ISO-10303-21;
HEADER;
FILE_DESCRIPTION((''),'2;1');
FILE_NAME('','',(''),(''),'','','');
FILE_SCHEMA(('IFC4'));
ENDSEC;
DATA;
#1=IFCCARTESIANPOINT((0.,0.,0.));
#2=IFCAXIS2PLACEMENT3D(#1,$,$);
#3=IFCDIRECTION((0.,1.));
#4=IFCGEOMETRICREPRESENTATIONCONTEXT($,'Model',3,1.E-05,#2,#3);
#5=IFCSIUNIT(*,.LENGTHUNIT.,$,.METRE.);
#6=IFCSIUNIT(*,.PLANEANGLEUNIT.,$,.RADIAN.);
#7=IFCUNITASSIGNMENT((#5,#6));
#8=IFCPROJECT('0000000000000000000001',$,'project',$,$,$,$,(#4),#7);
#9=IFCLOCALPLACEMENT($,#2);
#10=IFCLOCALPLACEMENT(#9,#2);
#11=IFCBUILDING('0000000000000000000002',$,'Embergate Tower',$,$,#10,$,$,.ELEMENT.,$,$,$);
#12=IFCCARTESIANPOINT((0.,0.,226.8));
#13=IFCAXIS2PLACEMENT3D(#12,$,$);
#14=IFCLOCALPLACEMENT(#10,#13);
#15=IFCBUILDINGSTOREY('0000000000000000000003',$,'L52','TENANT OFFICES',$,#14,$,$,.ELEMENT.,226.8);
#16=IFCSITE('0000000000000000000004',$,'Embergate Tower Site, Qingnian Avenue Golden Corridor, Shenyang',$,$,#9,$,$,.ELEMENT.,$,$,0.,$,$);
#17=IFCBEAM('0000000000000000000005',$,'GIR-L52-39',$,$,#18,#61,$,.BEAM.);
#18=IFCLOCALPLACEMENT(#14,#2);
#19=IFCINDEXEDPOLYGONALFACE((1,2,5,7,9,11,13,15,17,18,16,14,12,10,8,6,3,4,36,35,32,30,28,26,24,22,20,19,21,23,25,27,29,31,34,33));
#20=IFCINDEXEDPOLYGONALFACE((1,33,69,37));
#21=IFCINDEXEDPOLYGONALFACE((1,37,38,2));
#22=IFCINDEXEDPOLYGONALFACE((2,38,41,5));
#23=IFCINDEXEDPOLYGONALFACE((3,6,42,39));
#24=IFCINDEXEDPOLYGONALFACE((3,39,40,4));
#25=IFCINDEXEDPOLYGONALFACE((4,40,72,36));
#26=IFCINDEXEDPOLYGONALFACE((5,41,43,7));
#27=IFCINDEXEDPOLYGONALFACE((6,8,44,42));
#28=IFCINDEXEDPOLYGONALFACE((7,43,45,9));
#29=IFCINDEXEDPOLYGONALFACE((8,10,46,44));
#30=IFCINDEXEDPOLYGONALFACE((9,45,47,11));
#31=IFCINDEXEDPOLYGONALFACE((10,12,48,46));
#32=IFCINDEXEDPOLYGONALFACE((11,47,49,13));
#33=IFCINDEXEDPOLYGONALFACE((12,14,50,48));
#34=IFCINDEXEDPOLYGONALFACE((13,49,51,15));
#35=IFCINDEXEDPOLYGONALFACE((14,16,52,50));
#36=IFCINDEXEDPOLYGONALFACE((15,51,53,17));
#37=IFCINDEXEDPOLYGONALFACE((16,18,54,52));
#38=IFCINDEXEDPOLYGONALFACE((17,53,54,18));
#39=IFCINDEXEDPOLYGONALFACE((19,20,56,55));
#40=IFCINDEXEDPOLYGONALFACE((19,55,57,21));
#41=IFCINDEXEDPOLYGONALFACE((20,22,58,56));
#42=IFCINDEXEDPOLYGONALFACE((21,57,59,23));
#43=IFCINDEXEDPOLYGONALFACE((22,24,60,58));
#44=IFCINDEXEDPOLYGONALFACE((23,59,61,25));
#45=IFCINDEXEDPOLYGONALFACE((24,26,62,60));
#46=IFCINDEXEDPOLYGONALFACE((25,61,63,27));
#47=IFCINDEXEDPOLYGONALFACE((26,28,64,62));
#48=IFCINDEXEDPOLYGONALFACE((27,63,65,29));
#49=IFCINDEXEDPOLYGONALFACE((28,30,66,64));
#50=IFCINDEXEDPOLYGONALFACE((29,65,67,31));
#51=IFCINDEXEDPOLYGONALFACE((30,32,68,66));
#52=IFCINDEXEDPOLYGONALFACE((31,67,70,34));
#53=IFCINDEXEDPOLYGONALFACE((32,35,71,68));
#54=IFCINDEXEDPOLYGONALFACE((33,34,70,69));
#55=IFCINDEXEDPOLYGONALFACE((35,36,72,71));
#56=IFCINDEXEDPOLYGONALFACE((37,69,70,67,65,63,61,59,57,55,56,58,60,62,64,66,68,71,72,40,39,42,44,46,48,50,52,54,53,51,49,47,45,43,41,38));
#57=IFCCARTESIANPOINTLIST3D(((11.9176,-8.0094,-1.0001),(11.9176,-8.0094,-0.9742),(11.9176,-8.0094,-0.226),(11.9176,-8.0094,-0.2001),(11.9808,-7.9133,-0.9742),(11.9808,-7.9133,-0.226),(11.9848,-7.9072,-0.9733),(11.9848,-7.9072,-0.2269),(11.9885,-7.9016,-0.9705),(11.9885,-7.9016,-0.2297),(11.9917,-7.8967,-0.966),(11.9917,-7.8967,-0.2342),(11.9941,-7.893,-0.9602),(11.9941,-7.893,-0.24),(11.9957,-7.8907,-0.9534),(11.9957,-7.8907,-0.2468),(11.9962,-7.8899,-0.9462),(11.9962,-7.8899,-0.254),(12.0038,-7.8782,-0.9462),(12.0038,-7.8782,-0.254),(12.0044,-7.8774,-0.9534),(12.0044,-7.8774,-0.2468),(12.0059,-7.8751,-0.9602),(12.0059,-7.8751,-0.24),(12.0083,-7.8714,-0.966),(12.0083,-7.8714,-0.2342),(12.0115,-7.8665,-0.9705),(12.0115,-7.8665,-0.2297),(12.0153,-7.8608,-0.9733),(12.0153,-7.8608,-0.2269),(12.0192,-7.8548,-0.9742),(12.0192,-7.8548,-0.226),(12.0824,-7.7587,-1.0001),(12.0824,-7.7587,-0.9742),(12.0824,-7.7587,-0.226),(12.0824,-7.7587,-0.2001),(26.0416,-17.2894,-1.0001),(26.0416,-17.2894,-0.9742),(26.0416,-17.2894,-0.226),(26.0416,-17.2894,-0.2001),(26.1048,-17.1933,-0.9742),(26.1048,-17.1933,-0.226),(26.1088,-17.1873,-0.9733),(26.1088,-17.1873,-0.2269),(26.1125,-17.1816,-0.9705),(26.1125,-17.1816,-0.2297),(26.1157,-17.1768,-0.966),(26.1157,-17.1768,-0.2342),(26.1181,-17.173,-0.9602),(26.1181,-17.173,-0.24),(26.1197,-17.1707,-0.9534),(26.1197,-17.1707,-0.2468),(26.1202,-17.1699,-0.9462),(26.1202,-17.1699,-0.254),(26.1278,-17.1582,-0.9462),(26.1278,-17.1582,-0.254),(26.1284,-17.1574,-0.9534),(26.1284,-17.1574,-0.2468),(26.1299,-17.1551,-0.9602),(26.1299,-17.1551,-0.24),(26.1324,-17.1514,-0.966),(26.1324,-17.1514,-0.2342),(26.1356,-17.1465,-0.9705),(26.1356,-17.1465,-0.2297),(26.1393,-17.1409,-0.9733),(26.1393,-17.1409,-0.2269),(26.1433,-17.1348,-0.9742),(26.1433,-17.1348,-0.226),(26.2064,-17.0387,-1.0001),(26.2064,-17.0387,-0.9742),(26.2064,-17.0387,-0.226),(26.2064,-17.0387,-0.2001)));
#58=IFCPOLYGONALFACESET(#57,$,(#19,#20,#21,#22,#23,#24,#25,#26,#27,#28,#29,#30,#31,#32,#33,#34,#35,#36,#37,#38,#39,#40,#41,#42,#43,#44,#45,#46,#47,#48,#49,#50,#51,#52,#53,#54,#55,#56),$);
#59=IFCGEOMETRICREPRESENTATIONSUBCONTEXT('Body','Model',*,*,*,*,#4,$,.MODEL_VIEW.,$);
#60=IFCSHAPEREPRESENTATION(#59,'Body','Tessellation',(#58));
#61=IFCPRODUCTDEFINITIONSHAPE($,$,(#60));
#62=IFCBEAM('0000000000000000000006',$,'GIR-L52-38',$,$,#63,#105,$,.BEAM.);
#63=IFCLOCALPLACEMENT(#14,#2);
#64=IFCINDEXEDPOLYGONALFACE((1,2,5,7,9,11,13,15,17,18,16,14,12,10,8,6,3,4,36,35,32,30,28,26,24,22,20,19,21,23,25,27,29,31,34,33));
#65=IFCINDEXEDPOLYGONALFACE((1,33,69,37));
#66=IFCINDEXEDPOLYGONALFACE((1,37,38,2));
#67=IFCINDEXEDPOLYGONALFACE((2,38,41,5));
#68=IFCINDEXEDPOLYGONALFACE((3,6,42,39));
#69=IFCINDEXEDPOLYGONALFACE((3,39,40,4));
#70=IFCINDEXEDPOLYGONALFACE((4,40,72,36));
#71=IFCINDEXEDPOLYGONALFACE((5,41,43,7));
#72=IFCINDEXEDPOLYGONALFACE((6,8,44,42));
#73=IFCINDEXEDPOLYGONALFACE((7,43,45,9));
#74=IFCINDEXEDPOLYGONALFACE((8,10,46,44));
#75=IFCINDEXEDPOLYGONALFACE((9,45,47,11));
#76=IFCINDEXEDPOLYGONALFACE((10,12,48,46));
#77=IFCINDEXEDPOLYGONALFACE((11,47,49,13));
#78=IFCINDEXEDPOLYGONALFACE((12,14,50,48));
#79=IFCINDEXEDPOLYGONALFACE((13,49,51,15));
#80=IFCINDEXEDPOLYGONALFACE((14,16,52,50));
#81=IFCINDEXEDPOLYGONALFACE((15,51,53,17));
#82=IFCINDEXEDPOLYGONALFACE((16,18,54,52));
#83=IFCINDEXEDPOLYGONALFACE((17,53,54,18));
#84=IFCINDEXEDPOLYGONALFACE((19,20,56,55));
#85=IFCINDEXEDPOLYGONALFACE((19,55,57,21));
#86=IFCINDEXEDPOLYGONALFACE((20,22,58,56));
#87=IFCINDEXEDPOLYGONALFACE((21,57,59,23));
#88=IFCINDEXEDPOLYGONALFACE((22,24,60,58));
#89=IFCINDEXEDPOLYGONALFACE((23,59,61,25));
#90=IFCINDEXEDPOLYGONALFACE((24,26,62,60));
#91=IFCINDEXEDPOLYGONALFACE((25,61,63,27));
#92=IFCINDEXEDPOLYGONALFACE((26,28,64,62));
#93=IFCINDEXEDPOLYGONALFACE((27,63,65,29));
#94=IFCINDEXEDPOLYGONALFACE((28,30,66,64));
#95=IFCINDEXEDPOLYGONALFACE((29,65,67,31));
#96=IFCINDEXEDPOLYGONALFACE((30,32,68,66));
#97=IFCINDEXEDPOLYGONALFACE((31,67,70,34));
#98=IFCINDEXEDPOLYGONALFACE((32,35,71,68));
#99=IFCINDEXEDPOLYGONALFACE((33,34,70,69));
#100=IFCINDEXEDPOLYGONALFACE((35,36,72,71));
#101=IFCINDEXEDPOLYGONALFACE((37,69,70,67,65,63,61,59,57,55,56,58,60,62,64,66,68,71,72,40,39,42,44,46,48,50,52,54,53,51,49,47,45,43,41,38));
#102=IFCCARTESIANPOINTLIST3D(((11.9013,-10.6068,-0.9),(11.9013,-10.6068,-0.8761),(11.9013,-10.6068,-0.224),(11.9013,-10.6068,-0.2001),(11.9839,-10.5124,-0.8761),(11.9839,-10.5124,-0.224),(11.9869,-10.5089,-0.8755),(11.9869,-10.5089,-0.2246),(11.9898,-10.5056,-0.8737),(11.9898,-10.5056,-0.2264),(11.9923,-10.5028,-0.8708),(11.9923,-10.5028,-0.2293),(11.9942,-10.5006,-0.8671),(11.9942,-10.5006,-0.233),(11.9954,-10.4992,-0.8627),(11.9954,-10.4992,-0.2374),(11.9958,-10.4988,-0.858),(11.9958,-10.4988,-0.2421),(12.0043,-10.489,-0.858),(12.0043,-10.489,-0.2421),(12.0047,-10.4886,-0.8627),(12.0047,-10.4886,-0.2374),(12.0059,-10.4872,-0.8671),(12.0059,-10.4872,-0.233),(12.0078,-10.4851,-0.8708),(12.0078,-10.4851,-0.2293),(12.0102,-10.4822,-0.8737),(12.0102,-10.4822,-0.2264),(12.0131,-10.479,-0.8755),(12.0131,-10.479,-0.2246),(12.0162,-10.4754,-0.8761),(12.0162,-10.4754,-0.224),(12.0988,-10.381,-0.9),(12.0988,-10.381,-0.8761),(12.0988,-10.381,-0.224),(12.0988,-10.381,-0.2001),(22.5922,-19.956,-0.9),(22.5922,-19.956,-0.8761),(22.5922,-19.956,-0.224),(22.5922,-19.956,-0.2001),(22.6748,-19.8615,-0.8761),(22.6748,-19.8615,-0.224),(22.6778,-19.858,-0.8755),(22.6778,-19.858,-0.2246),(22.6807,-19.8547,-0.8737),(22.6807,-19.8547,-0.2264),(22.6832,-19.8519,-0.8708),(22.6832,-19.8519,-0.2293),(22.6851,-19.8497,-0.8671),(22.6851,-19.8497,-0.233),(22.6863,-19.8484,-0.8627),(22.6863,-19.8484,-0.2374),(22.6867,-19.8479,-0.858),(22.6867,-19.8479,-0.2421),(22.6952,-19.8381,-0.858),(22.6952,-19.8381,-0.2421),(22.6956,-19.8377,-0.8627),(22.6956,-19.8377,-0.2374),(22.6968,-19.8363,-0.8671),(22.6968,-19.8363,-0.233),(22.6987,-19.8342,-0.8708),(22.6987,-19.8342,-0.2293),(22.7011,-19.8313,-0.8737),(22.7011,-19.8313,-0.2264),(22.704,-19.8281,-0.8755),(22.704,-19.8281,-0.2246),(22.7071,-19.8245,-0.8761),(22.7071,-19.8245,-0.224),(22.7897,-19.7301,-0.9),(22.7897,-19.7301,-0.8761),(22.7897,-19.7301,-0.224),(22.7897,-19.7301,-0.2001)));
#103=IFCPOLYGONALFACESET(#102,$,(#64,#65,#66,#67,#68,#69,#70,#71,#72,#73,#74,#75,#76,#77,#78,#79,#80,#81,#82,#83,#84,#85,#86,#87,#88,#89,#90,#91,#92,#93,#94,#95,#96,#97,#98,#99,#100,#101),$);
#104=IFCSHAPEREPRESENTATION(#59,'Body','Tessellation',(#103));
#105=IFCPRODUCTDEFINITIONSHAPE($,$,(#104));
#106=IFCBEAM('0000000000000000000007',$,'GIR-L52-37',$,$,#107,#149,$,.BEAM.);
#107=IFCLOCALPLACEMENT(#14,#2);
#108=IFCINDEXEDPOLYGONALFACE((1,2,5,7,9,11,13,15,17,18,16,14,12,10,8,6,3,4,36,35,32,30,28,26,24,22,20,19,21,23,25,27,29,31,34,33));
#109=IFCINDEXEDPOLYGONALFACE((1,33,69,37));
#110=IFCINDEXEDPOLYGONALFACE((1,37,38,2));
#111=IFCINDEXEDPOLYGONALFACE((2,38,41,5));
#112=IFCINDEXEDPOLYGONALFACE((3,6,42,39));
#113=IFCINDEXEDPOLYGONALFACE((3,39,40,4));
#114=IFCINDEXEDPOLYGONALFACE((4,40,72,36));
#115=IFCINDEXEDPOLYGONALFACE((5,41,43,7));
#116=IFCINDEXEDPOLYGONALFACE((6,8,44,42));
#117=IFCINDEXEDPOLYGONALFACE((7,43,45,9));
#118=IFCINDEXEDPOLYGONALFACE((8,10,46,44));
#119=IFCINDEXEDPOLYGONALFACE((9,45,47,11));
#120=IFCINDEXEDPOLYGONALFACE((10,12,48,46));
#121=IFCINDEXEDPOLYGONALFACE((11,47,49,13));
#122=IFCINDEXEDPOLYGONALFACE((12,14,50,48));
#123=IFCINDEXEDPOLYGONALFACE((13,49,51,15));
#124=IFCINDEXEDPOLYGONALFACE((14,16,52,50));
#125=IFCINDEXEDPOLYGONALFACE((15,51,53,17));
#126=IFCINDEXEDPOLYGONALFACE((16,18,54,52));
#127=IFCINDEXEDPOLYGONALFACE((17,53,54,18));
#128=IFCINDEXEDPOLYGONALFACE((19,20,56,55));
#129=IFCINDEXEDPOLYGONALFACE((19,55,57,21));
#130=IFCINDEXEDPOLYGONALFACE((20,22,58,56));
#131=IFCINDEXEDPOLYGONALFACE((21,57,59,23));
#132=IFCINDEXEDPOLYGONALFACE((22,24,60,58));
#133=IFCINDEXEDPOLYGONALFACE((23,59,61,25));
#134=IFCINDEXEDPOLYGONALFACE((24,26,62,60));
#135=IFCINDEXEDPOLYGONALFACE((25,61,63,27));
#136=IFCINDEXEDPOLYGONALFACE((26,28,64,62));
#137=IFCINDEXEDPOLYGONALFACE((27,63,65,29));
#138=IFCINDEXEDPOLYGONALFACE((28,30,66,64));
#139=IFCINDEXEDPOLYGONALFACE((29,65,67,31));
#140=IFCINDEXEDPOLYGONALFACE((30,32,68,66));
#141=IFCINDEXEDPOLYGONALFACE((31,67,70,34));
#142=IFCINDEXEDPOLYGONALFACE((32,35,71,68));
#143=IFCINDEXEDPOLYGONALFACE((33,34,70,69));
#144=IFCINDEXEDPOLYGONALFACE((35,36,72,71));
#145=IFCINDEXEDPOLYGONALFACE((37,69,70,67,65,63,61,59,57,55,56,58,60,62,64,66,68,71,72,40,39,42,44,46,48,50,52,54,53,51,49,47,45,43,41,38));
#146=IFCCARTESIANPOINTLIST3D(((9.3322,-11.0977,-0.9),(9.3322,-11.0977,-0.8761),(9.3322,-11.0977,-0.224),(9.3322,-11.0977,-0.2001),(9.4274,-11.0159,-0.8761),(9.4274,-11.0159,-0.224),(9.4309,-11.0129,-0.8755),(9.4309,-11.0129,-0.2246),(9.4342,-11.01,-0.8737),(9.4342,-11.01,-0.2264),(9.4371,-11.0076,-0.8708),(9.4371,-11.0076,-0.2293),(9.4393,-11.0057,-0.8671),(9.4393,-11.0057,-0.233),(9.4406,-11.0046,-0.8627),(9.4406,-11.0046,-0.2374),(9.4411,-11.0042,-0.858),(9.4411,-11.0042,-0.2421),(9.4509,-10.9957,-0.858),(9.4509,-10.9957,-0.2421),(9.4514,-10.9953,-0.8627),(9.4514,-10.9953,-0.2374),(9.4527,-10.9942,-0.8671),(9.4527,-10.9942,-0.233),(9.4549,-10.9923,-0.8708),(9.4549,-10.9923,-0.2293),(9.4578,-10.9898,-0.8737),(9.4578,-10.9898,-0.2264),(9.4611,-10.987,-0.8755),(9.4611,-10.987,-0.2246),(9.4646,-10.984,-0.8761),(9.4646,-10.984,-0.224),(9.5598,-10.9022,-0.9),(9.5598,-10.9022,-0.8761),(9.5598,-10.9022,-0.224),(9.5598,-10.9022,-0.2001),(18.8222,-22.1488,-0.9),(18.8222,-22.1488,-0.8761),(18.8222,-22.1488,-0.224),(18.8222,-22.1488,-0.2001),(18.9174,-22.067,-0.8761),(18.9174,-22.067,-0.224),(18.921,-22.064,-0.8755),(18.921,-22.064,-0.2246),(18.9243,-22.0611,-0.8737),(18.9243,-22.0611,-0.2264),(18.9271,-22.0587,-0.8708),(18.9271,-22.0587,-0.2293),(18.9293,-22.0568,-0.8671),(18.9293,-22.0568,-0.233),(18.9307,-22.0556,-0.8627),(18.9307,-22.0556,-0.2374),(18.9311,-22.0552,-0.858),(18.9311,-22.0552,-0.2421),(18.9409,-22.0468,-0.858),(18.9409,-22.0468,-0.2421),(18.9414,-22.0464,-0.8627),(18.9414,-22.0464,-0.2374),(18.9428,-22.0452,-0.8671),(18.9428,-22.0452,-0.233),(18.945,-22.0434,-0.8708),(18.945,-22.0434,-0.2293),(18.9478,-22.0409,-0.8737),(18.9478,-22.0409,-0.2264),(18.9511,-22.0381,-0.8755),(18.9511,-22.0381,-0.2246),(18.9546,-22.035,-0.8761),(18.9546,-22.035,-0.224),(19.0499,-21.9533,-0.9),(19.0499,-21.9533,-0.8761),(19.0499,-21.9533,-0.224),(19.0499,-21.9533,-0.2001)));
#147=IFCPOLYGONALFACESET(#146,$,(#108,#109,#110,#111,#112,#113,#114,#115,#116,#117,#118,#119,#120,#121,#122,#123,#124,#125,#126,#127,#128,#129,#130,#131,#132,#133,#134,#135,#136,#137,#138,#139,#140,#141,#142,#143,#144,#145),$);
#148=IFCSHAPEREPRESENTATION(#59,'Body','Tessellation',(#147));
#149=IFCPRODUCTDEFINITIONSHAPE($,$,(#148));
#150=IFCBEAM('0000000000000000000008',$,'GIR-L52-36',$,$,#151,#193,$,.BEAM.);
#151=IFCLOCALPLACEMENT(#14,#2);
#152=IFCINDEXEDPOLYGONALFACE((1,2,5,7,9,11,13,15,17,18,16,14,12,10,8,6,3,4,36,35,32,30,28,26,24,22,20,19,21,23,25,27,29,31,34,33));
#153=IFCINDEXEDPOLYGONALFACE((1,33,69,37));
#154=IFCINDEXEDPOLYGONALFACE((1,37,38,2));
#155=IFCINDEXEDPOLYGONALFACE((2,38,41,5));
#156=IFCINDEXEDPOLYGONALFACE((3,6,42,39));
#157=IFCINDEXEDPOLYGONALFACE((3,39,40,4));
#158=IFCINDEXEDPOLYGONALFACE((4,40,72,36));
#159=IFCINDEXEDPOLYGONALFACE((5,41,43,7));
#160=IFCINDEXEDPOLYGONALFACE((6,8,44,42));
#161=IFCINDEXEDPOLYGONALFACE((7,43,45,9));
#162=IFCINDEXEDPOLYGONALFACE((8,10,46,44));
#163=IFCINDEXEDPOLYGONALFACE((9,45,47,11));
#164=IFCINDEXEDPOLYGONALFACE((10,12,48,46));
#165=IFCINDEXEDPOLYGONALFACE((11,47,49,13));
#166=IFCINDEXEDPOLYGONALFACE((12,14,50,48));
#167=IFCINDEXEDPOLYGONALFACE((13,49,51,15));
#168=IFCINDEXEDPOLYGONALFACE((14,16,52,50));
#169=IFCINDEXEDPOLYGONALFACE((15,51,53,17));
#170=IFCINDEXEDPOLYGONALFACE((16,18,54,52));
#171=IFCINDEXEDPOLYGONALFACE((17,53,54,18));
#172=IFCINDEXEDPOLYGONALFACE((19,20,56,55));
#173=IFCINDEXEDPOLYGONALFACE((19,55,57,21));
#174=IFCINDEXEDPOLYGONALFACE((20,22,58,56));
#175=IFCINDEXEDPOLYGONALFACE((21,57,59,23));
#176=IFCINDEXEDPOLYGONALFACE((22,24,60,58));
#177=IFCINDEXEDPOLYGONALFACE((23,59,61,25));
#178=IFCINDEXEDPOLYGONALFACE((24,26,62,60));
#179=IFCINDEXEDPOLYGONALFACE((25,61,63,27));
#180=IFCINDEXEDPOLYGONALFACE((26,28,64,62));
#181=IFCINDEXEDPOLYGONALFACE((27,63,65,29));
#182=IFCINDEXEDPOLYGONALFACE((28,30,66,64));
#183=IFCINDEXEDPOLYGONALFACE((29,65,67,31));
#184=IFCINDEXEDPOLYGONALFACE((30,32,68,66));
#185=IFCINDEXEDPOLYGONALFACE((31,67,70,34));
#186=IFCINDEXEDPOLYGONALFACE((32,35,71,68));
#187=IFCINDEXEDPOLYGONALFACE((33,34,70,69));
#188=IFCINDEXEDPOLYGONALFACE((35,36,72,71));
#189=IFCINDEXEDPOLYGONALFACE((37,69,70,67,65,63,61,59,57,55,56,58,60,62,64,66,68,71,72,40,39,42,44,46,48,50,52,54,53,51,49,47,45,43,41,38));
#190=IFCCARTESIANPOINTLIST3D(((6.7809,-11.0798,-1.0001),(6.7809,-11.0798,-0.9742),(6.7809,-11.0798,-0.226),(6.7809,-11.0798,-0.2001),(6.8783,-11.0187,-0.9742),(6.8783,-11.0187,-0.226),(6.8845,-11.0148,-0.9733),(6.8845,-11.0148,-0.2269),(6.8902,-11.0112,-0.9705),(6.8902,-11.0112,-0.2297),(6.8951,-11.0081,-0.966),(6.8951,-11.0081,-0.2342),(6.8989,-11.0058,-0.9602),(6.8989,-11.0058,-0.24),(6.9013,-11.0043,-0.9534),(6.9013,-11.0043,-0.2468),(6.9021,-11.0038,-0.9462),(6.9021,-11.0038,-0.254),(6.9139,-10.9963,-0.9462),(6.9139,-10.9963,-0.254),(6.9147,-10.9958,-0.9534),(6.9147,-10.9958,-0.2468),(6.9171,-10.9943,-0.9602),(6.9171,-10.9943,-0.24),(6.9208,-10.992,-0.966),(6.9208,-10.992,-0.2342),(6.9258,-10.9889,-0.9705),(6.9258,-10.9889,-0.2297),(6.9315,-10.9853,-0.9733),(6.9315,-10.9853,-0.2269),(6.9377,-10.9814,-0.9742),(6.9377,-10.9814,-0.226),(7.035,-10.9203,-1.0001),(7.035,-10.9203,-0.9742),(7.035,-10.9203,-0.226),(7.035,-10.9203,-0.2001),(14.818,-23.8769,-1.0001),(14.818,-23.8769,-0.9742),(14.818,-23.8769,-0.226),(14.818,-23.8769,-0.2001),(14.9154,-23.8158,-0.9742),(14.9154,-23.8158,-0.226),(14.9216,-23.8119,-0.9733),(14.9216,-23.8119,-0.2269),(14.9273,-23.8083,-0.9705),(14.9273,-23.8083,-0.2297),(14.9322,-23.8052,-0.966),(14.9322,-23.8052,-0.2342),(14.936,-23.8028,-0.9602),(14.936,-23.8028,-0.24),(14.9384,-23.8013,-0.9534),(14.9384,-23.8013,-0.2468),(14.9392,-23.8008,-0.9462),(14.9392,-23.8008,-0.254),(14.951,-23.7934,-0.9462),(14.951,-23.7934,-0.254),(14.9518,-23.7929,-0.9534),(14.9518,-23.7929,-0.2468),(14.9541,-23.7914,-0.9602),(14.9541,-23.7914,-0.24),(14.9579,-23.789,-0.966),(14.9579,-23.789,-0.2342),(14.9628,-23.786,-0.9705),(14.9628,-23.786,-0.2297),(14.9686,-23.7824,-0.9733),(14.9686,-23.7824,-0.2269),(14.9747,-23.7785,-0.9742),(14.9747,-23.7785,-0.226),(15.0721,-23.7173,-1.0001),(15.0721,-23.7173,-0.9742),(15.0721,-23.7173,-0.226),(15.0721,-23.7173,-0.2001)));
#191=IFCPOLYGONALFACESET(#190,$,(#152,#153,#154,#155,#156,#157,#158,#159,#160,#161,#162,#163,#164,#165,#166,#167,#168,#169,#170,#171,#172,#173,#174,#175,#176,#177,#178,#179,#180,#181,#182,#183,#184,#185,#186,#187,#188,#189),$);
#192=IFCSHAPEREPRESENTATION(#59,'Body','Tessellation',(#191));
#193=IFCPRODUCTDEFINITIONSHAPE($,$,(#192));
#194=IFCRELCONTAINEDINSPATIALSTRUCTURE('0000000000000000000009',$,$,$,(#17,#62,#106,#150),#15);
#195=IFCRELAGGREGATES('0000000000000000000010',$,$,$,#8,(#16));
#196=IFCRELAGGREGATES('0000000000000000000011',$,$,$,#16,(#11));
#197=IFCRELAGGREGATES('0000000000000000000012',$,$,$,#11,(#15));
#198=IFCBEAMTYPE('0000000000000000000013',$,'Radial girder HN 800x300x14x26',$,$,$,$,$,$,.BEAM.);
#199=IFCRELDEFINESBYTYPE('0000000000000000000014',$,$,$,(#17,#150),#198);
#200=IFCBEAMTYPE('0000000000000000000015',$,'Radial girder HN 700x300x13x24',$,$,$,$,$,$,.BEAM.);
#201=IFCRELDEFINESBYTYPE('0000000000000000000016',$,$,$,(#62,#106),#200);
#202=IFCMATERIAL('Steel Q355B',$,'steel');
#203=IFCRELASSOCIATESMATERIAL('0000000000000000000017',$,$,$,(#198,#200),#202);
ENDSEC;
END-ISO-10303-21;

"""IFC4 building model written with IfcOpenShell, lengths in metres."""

from ifc_helpers import new_model, si_unit, direction, frame, origin, origin_2d, place, context, subcontext, project, spatial, i_section, extrude, source, transform, mapped, material, material_profile, profile_set, type_object, element, save


model = new_model("IFC4")

# Units and contexts
model_context = context("Model", 3, precision=1e-05, world=origin(), true_north=direction((0.0, 1.0)))
body_context = subcontext(model_context, "Body", "Model", "MODEL_VIEW")
ifc_project = project(units=[si_unit("LENGTHUNIT", "METRE"), si_unit("PLANEANGLEUNIT", "RADIAN")], contexts=[model_context])

# Site, building, storey
site_placement = place(None, origin())
site = spatial("IfcSite", under=ifc_project, at=site_placement, Name="Embergate Tower Site, Qingnian Avenue Golden Corridor, Shenyang", CompositionType="ELEMENT", RefElevation=0.0)
building_placement = place(site_placement, origin())
building = spatial("IfcBuilding", under=site, at=building_placement, Name="Embergate Tower", CompositionType="ELEMENT")
storey_placement = place(building_placement, frame((0.0, 0.0, 226.8)))
storey = spatial("IfcBuildingStorey", under=building, at=storey_placement, Name="L52", Description="TENANT OFFICES", CompositionType="ELEMENT", Elevation=226.8)

# Beams
ifc_material_1 = material(Name="Steel Q355B", Category="steel")
ifc_material_profile_1 = material_profile(ifc_material_1, i_section(OverallWidth=0.3, OverallDepth=0.8, WebThickness=0.0139, FlangeThickness=0.0259, FilletRadius=0.0281, at=origin_2d()), Name="HN 800x300x14x26")
ifc_profile_set_1 = profile_set([ifc_material_profile_1], Name="Steel Q355 grade B")
beam_type_1 = type_object("IfcBeamType", Name="Radial girder HN 800x300x14x26", PredefinedType="BEAM", material=ifc_profile_set_1)
shared_shape_1 = source(origin(), body_context, "Body", "SweptSolid", [
    extrude(i_section(OverallWidth=0.3, OverallDepth=0.8, WebThickness=0.0139, FlangeThickness=0.0259, FilletRadius=0.0281, at=origin_2d()), origin(), (0.0, 0.0, 1.0), 16.8999),
])
beam_1_placement = place(storey_placement, frame((26.124, -17.1641, -0.6001), z_axis=(-0.835745, 0.549117, 0.0), x_axis=(-0.549117, -0.835745, 0.0)))
element("IfcBeam", 1, at=beam_1_placement, inside=storey, type_object=beam_type_1, Name="GIR-L52-39", PredefinedType="BEAM", context=body_context, shape_type="MappedRepresentation", body=[
    mapped(shared_shape_1, transform((0.0, 0.0, 0.0))),
])
ifc_material_profile_2 = material_profile(ifc_material_1, i_section(OverallWidth=0.3, OverallDepth=0.7, WebThickness=0.0129, FlangeThickness=0.0239, FilletRadius=0.0181, at=origin_2d()), Name="HN 700x300x13x24")
ifc_profile_set_2 = profile_set([ifc_material_profile_2], Name="Steel Q355 grade B")
beam_type_2 = type_object("IfcBeamType", Name="Radial girder HN 700x300x13x24", PredefinedType="BEAM", material=ifc_profile_set_2)
shared_shape_2 = source(origin(), body_context, "Body", "SweptSolid", [
    extrude(i_section(OverallWidth=0.3, OverallDepth=0.7, WebThickness=0.0129, FlangeThickness=0.0239, FilletRadius=0.0181, at=origin_2d()), origin(), (0.0, 0.0, 1.0), 14.2021),
])
beam_2_placement = place(storey_placement, frame((22.6909, -19.843, -0.55), z_axis=(-0.752766, 0.658288, 0.0), x_axis=(-0.658288, -0.752766, 0.0)))
element("IfcBeam", 2, at=beam_2_placement, inside=storey, type_object=beam_type_2, Name="GIR-L52-38", PredefinedType="BEAM", context=body_context, shape_type="MappedRepresentation", body=[
    mapped(shared_shape_2, transform((0.0, 0.0, 0.0))),
])
shared_shape_3 = source(origin(), body_context, "Body", "SweptSolid", [
    extrude(i_section(OverallWidth=0.3, OverallDepth=0.7, WebThickness=0.0129, FlangeThickness=0.0239, FilletRadius=0.0181, at=origin_2d()), origin(), (0.0, 0.0, 1.0), 14.5667),
])
beam_3_placement = place(storey_placement, frame((18.936, -22.051, -0.55), z_axis=(-0.651491, 0.758656, 0.0), x_axis=(-0.758656, -0.651491, 0.0)))
element("IfcBeam", 3, at=beam_3_placement, inside=storey, type_object=beam_type_2, Name="GIR-L52-37", PredefinedType="BEAM", context=body_context, shape_type="MappedRepresentation", body=[
    mapped(shared_shape_3, transform((0.0, 0.0, 0.0))),
])
shared_shape_4 = source(origin(), body_context, "Body", "SweptSolid", [
    extrude(i_section(OverallWidth=0.3, OverallDepth=0.8, WebThickness=0.0139, FlangeThickness=0.0259, FilletRadius=0.0281, at=origin_2d()), origin(), (0.0, 0.0, 1.0), 15.1116),
])
beam_4_placement = place(storey_placement, frame((14.9451, -23.7971, -0.6001), z_axis=(-0.531849, 0.846839, 0.0), x_axis=(-0.846839, -0.531849, 0.0)))
element("IfcBeam", 4, at=beam_4_placement, inside=storey, type_object=beam_type_1, Name="GIR-L52-36", PredefinedType="BEAM", context=body_context, shape_type="MappedRepresentation", body=[
    mapped(shared_shape_4, transform((0.0, 0.0, 0.0))),
])

save(model, "model.ifc")
